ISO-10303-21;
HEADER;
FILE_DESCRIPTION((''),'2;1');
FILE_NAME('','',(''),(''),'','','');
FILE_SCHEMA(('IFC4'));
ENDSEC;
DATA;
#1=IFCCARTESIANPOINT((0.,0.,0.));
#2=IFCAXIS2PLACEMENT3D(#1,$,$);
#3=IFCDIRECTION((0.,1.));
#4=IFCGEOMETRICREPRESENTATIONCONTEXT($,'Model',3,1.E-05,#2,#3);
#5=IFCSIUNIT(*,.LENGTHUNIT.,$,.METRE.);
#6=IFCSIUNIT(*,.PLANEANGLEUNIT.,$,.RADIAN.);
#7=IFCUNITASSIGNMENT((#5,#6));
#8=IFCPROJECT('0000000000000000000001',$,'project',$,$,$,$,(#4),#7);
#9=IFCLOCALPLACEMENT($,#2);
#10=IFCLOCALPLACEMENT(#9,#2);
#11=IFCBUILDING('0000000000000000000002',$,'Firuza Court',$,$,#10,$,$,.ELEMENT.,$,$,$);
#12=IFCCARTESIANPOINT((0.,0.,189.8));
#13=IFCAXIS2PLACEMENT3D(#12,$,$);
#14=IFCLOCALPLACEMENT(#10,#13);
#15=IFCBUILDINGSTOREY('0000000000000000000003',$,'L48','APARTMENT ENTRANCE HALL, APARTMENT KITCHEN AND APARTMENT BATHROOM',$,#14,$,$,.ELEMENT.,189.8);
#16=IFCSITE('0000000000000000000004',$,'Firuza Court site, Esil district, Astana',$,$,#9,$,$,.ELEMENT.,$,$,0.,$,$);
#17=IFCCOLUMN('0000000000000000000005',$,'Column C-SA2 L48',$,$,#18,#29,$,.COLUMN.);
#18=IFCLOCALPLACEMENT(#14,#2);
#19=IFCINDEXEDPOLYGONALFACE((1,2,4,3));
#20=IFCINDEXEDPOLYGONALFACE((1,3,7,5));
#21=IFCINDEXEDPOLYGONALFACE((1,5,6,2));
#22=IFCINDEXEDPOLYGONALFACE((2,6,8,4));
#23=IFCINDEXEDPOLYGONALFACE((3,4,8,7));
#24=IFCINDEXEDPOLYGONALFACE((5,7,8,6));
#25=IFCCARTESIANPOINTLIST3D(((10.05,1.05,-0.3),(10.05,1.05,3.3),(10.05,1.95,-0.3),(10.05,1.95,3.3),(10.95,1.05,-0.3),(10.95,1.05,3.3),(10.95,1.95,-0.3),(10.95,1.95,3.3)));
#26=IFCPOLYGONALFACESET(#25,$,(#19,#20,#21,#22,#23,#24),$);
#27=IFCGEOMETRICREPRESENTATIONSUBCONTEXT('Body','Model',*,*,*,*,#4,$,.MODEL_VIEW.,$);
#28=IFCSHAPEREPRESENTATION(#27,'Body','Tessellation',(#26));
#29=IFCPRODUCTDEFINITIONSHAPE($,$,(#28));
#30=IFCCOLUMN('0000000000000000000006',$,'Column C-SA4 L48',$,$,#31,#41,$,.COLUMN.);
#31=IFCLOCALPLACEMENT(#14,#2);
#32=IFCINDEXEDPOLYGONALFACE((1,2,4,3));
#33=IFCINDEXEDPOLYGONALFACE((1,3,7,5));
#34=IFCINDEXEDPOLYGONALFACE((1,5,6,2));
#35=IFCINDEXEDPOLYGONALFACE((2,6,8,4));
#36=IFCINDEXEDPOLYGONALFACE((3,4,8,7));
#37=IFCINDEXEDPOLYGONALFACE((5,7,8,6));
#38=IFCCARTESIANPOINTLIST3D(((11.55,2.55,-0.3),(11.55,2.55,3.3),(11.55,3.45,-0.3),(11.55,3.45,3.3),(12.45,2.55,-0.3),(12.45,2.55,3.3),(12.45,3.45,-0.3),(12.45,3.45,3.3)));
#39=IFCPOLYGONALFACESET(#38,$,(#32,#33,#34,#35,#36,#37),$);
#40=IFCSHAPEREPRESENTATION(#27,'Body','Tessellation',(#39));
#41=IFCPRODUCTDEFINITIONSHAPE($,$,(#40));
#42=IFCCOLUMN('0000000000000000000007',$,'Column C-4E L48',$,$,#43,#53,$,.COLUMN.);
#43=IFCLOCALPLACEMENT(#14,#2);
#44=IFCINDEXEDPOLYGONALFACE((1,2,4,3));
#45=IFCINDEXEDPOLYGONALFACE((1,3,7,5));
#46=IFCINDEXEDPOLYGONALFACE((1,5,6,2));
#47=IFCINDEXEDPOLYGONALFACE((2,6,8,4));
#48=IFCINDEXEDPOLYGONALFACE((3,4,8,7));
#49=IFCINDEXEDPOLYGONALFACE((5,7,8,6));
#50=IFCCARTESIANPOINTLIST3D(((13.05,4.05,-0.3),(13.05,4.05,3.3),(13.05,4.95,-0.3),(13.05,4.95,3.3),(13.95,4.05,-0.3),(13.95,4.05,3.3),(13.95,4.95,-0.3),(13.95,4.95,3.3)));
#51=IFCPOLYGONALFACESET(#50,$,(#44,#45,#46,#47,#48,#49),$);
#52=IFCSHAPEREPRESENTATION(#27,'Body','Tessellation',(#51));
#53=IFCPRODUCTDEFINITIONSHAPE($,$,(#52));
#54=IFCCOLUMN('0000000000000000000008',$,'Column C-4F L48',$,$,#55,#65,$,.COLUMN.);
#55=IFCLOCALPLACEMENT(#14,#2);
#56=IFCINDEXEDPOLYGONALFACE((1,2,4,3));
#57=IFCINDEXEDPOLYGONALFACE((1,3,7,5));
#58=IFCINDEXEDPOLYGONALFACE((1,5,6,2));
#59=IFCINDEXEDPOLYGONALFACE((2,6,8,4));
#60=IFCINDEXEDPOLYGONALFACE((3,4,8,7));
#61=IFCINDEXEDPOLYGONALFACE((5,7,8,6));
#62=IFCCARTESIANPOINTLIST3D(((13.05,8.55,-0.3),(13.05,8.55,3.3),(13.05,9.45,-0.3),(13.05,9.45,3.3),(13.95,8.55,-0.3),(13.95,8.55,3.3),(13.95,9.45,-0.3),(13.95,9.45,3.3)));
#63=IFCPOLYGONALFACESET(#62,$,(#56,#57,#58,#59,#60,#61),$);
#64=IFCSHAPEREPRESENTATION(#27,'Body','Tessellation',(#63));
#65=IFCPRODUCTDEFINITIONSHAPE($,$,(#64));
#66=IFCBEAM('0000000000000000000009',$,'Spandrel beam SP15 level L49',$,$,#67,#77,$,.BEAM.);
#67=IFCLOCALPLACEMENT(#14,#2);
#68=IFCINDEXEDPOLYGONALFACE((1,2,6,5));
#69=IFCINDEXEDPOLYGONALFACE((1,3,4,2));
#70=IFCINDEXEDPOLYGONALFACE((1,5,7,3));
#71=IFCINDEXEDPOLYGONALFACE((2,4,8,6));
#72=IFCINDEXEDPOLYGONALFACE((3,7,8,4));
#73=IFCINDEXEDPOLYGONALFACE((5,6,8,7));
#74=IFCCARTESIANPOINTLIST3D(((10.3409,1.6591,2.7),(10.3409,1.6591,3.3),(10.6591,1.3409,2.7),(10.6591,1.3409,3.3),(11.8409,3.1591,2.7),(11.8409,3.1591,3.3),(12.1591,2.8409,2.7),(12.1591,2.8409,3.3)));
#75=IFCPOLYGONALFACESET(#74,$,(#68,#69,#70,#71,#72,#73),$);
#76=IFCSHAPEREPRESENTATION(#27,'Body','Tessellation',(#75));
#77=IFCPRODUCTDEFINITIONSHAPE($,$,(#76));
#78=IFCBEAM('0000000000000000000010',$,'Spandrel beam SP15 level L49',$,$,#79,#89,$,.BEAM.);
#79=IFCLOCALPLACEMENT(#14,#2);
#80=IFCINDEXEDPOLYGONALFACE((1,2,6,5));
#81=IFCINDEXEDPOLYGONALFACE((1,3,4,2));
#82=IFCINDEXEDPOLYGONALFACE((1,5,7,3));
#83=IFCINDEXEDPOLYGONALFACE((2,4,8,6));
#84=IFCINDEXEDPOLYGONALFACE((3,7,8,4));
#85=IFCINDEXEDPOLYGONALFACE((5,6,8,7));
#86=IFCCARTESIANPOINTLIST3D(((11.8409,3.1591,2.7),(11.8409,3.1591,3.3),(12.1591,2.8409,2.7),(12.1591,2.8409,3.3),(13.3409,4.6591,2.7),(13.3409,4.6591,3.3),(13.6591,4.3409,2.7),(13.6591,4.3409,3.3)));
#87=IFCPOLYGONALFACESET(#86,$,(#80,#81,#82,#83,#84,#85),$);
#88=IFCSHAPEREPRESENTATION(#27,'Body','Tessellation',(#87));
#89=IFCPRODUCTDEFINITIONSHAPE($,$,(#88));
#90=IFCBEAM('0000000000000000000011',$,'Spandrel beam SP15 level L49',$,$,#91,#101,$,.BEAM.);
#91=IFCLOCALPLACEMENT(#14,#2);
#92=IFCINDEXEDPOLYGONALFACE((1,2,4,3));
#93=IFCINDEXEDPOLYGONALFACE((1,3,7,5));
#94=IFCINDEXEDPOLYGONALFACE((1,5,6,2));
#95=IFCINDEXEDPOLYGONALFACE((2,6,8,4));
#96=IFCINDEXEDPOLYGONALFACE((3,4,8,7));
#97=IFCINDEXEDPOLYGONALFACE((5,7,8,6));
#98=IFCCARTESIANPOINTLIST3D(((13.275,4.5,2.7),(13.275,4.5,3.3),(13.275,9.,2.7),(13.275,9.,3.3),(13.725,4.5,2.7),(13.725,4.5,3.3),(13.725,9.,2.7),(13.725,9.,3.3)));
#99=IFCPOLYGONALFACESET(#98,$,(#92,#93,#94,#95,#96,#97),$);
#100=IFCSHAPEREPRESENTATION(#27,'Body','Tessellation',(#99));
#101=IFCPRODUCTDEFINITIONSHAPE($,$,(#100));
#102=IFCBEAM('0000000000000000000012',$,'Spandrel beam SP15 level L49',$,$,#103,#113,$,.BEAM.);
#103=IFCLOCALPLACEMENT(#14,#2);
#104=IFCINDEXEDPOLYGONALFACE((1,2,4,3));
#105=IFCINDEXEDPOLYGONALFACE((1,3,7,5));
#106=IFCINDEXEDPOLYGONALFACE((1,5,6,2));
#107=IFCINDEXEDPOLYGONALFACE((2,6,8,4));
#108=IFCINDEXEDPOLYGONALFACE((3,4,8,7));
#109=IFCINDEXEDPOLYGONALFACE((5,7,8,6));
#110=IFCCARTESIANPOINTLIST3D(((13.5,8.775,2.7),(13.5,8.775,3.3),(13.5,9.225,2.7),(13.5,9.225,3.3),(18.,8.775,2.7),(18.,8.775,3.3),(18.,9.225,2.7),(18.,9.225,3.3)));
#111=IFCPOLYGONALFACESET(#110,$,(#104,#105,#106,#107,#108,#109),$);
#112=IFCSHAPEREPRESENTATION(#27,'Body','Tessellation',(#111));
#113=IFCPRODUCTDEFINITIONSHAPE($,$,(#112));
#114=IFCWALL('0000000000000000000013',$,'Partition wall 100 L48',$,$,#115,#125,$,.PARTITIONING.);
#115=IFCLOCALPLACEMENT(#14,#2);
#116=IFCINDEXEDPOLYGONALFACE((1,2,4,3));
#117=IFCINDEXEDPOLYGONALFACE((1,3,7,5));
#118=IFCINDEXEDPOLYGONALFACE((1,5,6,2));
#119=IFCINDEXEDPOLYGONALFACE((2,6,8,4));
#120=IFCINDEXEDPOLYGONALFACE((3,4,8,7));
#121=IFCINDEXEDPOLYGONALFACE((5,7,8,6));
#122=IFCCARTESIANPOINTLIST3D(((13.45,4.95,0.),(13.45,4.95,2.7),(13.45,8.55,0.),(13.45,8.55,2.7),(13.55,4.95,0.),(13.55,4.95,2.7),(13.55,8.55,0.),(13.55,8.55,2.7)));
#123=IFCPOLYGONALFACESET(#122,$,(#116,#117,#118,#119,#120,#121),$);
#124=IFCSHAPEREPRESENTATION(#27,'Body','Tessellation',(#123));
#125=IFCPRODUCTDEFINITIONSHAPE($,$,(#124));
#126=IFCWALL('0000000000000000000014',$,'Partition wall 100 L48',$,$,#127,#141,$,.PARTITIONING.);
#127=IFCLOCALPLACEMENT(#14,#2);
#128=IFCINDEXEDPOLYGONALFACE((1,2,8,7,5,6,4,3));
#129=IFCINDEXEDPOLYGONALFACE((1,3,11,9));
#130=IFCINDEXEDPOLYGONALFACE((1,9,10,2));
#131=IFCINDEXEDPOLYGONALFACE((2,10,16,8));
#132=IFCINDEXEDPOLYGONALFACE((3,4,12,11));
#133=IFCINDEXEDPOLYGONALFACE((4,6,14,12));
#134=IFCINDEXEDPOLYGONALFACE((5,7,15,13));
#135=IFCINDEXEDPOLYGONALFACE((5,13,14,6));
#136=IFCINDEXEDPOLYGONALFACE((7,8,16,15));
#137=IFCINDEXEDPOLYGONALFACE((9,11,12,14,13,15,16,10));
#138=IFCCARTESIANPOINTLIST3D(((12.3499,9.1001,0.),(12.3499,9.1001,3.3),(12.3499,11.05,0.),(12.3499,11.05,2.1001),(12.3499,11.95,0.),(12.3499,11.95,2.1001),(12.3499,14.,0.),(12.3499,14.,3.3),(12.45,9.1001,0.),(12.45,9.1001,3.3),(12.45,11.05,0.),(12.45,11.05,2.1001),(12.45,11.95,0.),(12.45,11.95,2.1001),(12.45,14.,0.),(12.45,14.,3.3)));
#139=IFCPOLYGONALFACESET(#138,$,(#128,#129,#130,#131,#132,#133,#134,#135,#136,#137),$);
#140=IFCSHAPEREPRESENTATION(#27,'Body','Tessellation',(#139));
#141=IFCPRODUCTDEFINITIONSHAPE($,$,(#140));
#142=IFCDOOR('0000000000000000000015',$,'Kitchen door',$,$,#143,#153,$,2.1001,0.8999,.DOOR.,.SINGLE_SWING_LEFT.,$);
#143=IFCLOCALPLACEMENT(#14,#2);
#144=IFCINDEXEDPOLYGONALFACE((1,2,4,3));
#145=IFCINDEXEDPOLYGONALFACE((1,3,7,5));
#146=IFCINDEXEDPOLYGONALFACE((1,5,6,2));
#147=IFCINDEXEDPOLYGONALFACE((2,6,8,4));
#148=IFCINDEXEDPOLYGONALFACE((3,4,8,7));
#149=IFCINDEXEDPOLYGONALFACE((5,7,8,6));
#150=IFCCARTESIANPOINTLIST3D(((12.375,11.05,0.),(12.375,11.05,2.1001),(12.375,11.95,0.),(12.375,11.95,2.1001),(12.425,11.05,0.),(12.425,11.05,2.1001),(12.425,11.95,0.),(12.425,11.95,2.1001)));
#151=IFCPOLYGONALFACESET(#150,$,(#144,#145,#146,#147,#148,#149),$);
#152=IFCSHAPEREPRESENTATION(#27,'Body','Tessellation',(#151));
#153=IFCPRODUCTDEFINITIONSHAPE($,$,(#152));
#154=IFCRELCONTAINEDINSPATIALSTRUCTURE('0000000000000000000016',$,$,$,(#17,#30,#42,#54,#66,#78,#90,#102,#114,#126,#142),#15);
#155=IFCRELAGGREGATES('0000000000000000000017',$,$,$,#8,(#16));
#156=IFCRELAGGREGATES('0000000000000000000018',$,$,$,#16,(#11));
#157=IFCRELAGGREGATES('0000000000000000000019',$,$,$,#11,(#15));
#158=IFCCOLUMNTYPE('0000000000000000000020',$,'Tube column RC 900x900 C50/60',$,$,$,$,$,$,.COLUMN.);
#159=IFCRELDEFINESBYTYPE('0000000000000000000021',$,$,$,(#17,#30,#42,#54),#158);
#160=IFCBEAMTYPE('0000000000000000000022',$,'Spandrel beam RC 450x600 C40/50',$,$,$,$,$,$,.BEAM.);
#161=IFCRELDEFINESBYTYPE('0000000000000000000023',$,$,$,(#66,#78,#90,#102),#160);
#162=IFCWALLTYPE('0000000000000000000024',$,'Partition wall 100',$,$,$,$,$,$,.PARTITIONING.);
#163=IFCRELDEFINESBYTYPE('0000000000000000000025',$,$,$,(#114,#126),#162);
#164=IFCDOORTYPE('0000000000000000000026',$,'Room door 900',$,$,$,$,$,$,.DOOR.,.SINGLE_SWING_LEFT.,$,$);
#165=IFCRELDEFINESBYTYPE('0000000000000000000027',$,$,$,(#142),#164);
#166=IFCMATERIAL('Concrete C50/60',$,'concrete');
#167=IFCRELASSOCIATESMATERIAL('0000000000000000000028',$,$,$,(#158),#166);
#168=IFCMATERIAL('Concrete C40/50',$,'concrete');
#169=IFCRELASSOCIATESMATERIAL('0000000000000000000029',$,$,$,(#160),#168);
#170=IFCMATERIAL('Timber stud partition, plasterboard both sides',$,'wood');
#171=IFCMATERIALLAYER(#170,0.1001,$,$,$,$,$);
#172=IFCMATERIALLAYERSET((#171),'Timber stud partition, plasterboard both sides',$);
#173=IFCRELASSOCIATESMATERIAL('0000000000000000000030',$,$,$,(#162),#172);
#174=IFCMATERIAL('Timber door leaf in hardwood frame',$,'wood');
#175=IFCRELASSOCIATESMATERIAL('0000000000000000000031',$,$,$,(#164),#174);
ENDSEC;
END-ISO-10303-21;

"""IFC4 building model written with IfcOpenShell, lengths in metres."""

from ifc_helpers import new_model, si_unit, direction, frame, frame_2d, origin, origin_2d, place, context, subcontext, project, spatial, rectangle, extrude, material, layer, layer_set, material_profile, profile_set, type_object, element, fill, save


model = new_model("IFC4")

# Units and contexts
model_context = context("Model", 3, precision=1e-05, world=origin(), true_north=direction((0.0, 1.0)))
body_context = subcontext(model_context, "Body", "Model", "MODEL_VIEW")
ifc_project = project(units=[si_unit("LENGTHUNIT", "METRE"), si_unit("PLANEANGLEUNIT", "RADIAN")], contexts=[model_context])

# Site, building, storey
site_placement = place(None, origin())
site = spatial("IfcSite", under=ifc_project, at=site_placement, Name="Firuza Court site, Esil district, Astana", CompositionType="ELEMENT", RefElevation=0.0)
building_placement = place(site_placement, origin())
building = spatial("IfcBuilding", under=site, at=building_placement, Name="Firuza Court", CompositionType="ELEMENT")
storey_placement = place(building_placement, frame((0.0, 0.0, 189.8)))
storey = spatial("IfcBuildingStorey", under=building, at=storey_placement, Name="L48", Description="APARTMENT ENTRANCE HALL, APARTMENT KITCHEN AND APARTMENT BATHROOM", CompositionType="ELEMENT", Elevation=189.8)

# Columns
ifc_material_1 = material(Name="Concrete C50/60", Category="concrete")
ifc_material_profile_1 = material_profile(ifc_material_1, rectangle(XDim=0.8999, YDim=0.8999, at=origin_2d()), Name="RC 900x900")
ifc_profile_set_1 = profile_set([ifc_material_profile_1], Name="Concrete C50/60")
column_type = type_object("IfcColumnType", Name="Tube column RC 900x900 C50/60", PredefinedType="COLUMN", material=ifc_profile_set_1)
for number, where, z_axis, x_axis, name in (
    (1, (10.5, 1.5, -0.3), (0.0, 0.0, 1.0), (1.0, 0.0, 0.0), "Column C-SA2 L48"),
    (2, (12.0, 3.0, -0.3), (0.0, 0.0, 1.0), (1.0, 0.0, 0.0), "Column C-SA4 L48"),
    (3, (13.5, 4.5, -0.3), (0.0, 0.0, 1.0), (1.0, 0.0, 0.0), "Column C-4E L48"),
    (4, (13.5, 9.0, -0.3), (0.0, 0.0, 1.0), (1.0, 0.0, 0.0), "Column C-4F L48"),
):
    element("IfcColumn", number, at=place(storey_placement, frame(where, z_axis=z_axis, x_axis=x_axis)), inside=storey, type_object=column_type, Name=name, PredefinedType="COLUMN", context=body_context, shape_type="SweptSolid", body=[
        extrude(rectangle(XDim=0.8999, YDim=0.8999, at=origin_2d()), origin(), (0.0, 0.0, 1.0), 3.6001),
    ])

# Beams
ifc_material_2 = material(Name="Concrete C40/50", Category="concrete")
ifc_material_profile_2 = material_profile(ifc_material_2, rectangle(XDim=0.45, YDim=0.6001, at=origin_2d()), Name="RC 450x600")
ifc_profile_set_2 = profile_set([ifc_material_profile_2], Name="Concrete C40/50")
beam_type = type_object("IfcBeamType", Name="Spandrel beam RC 450x600 C40/50", PredefinedType="BEAM", material=ifc_profile_set_2)
for number, where, z_axis, x_axis, name in (
    (5, (10.5, 1.5, 3.0), (0.707107, 0.707107, 0.0), (-0.707107, 0.707107, 0.0), "Spandrel beam SP15 level L49"),
    (6, (12.0, 3.0, 3.0), (0.707107, 0.707107, 0.0), (-0.707107, 0.707107, 0.0), "Spandrel beam SP15 level L49"),
):
    element("IfcBeam", number, at=place(storey_placement, frame(where, z_axis=z_axis, x_axis=x_axis)), inside=storey, type_object=beam_type, Name=name, PredefinedType="BEAM", context=body_context, shape_type="SweptSolid", body=[
        extrude(rectangle(XDim=0.45, YDim=0.6001, at=origin_2d()), origin(), (0.0, 0.0, 1.0), 2.1213),
    ])
for number, where, z_axis, x_axis, name in (
    (7, (13.5, 4.5, 3.0), (0.0, 1.0, 0.0), (-1.0, 0.0, 0.0), "Spandrel beam SP15 level L49"),
    (8, (13.5, 9.0, 3.0), (1.0, 0.0, 0.0), (0.0, 1.0, 0.0), "Spandrel beam SP15 level L49"),
):
    element("IfcBeam", number, at=place(storey_placement, frame(where, z_axis=z_axis, x_axis=x_axis)), inside=storey, type_object=beam_type, Name=name, PredefinedType="BEAM", context=body_context, shape_type="SweptSolid", body=[
        extrude(rectangle(XDim=0.45, YDim=0.6001, at=origin_2d()), origin(), (0.0, 0.0, 1.0), 4.5),
    ])

# Wall
ifc_material_3 = material(Name="Timber stud partition, plasterboard both sides", Category="wood")
ifc_layer_1 = layer(ifc_material_3, 0.1001)
ifc_layer_set_1 = layer_set([ifc_layer_1], Name="Timber stud partition, plasterboard both sides")
wall_type_1 = type_object("IfcWallType", Name="Partition wall 100", PredefinedType="PARTITIONING", material=ifc_layer_set_1)
wall_1_placement = place(storey_placement, frame((13.5, 4.95, 0.0), z_axis=(0.0, 0.0, 1.0), x_axis=(0.0, 1.0, 0.0)))
element("IfcWall", 9, at=wall_1_placement, inside=storey, type_object=wall_type_1, Name="Partition wall 100 L48", PredefinedType="PARTITIONING", context=body_context, shape_type="SweptSolid", body=[
    extrude(rectangle(XDim=3.6001, YDim=0.1001, at=frame_2d((1.8, 0.0))), origin(), (0.0, 0.0, 1.0), 2.7),
])

# Wall, opening, door
wall_2_placement = place(storey_placement, frame((12.3999, 9.1001, 0.0), z_axis=(0.0, 0.0, 1.0), x_axis=(0.0, 1.0, 0.0)))
wall_2 = element("IfcWall", 10, at=wall_2_placement, inside=storey, type_object=wall_type_1, Name="Partition wall 100 L48", PredefinedType="PARTITIONING", context=body_context, shape_type="SweptSolid", body=[
    extrude(rectangle(XDim=4.8999, YDim=0.1001, at=frame_2d((2.45, 0.0))), origin(), (0.0, 0.0, 1.0), 3.3),
])
opening_1_placement = place(wall_2_placement, frame((1.95, 0.0, 0.0)))
opening_1 = element("IfcOpeningElement", 11, at=opening_1_placement, cuts=wall_2, PredefinedType="OPENING", context=body_context, shape_type="SweptSolid", body=[
    extrude(rectangle(XDim=0.8999, YDim=2.1001, at=frame_2d((0.45, 1.05))), frame((0.0, 0.062, 0.0), z_axis=(0.0, -1.0, 0.0), x_axis=(1.0, 0.0, 0.0)), (0.0, 0.0, 1.0), 0.124),
])
ifc_material_4 = material(Name="Timber door leaf in hardwood frame", Category="wood")
door_type_1 = type_object("IfcDoorType", Name="Room door 900", OperationType="SINGLE_SWING_LEFT", PredefinedType="DOOR", material=ifc_material_4)
door_1_placement = place(opening_1_placement, origin())
door_1 = element("IfcDoor", 12, at=door_1_placement, inside=storey, type_object=door_type_1, Name="Kitchen door", OperationType="SINGLE_SWING_LEFT", OverallHeight=2.1001, OverallWidth=0.8999, PredefinedType="DOOR", context=body_context, shape_type="SweptSolid", body=[
    extrude(rectangle(XDim=0.8999, YDim=2.1001, at=frame_2d((0.45, 1.05))), frame((0.0, 0.0249, 0.0), z_axis=(0.0, -1.0, 0.0), x_axis=(1.0, 0.0, 0.0)), (0.0, 0.0, 1.0), 0.05),
])
fill(opening_1, door_1)

save(model, "model.ifc")
